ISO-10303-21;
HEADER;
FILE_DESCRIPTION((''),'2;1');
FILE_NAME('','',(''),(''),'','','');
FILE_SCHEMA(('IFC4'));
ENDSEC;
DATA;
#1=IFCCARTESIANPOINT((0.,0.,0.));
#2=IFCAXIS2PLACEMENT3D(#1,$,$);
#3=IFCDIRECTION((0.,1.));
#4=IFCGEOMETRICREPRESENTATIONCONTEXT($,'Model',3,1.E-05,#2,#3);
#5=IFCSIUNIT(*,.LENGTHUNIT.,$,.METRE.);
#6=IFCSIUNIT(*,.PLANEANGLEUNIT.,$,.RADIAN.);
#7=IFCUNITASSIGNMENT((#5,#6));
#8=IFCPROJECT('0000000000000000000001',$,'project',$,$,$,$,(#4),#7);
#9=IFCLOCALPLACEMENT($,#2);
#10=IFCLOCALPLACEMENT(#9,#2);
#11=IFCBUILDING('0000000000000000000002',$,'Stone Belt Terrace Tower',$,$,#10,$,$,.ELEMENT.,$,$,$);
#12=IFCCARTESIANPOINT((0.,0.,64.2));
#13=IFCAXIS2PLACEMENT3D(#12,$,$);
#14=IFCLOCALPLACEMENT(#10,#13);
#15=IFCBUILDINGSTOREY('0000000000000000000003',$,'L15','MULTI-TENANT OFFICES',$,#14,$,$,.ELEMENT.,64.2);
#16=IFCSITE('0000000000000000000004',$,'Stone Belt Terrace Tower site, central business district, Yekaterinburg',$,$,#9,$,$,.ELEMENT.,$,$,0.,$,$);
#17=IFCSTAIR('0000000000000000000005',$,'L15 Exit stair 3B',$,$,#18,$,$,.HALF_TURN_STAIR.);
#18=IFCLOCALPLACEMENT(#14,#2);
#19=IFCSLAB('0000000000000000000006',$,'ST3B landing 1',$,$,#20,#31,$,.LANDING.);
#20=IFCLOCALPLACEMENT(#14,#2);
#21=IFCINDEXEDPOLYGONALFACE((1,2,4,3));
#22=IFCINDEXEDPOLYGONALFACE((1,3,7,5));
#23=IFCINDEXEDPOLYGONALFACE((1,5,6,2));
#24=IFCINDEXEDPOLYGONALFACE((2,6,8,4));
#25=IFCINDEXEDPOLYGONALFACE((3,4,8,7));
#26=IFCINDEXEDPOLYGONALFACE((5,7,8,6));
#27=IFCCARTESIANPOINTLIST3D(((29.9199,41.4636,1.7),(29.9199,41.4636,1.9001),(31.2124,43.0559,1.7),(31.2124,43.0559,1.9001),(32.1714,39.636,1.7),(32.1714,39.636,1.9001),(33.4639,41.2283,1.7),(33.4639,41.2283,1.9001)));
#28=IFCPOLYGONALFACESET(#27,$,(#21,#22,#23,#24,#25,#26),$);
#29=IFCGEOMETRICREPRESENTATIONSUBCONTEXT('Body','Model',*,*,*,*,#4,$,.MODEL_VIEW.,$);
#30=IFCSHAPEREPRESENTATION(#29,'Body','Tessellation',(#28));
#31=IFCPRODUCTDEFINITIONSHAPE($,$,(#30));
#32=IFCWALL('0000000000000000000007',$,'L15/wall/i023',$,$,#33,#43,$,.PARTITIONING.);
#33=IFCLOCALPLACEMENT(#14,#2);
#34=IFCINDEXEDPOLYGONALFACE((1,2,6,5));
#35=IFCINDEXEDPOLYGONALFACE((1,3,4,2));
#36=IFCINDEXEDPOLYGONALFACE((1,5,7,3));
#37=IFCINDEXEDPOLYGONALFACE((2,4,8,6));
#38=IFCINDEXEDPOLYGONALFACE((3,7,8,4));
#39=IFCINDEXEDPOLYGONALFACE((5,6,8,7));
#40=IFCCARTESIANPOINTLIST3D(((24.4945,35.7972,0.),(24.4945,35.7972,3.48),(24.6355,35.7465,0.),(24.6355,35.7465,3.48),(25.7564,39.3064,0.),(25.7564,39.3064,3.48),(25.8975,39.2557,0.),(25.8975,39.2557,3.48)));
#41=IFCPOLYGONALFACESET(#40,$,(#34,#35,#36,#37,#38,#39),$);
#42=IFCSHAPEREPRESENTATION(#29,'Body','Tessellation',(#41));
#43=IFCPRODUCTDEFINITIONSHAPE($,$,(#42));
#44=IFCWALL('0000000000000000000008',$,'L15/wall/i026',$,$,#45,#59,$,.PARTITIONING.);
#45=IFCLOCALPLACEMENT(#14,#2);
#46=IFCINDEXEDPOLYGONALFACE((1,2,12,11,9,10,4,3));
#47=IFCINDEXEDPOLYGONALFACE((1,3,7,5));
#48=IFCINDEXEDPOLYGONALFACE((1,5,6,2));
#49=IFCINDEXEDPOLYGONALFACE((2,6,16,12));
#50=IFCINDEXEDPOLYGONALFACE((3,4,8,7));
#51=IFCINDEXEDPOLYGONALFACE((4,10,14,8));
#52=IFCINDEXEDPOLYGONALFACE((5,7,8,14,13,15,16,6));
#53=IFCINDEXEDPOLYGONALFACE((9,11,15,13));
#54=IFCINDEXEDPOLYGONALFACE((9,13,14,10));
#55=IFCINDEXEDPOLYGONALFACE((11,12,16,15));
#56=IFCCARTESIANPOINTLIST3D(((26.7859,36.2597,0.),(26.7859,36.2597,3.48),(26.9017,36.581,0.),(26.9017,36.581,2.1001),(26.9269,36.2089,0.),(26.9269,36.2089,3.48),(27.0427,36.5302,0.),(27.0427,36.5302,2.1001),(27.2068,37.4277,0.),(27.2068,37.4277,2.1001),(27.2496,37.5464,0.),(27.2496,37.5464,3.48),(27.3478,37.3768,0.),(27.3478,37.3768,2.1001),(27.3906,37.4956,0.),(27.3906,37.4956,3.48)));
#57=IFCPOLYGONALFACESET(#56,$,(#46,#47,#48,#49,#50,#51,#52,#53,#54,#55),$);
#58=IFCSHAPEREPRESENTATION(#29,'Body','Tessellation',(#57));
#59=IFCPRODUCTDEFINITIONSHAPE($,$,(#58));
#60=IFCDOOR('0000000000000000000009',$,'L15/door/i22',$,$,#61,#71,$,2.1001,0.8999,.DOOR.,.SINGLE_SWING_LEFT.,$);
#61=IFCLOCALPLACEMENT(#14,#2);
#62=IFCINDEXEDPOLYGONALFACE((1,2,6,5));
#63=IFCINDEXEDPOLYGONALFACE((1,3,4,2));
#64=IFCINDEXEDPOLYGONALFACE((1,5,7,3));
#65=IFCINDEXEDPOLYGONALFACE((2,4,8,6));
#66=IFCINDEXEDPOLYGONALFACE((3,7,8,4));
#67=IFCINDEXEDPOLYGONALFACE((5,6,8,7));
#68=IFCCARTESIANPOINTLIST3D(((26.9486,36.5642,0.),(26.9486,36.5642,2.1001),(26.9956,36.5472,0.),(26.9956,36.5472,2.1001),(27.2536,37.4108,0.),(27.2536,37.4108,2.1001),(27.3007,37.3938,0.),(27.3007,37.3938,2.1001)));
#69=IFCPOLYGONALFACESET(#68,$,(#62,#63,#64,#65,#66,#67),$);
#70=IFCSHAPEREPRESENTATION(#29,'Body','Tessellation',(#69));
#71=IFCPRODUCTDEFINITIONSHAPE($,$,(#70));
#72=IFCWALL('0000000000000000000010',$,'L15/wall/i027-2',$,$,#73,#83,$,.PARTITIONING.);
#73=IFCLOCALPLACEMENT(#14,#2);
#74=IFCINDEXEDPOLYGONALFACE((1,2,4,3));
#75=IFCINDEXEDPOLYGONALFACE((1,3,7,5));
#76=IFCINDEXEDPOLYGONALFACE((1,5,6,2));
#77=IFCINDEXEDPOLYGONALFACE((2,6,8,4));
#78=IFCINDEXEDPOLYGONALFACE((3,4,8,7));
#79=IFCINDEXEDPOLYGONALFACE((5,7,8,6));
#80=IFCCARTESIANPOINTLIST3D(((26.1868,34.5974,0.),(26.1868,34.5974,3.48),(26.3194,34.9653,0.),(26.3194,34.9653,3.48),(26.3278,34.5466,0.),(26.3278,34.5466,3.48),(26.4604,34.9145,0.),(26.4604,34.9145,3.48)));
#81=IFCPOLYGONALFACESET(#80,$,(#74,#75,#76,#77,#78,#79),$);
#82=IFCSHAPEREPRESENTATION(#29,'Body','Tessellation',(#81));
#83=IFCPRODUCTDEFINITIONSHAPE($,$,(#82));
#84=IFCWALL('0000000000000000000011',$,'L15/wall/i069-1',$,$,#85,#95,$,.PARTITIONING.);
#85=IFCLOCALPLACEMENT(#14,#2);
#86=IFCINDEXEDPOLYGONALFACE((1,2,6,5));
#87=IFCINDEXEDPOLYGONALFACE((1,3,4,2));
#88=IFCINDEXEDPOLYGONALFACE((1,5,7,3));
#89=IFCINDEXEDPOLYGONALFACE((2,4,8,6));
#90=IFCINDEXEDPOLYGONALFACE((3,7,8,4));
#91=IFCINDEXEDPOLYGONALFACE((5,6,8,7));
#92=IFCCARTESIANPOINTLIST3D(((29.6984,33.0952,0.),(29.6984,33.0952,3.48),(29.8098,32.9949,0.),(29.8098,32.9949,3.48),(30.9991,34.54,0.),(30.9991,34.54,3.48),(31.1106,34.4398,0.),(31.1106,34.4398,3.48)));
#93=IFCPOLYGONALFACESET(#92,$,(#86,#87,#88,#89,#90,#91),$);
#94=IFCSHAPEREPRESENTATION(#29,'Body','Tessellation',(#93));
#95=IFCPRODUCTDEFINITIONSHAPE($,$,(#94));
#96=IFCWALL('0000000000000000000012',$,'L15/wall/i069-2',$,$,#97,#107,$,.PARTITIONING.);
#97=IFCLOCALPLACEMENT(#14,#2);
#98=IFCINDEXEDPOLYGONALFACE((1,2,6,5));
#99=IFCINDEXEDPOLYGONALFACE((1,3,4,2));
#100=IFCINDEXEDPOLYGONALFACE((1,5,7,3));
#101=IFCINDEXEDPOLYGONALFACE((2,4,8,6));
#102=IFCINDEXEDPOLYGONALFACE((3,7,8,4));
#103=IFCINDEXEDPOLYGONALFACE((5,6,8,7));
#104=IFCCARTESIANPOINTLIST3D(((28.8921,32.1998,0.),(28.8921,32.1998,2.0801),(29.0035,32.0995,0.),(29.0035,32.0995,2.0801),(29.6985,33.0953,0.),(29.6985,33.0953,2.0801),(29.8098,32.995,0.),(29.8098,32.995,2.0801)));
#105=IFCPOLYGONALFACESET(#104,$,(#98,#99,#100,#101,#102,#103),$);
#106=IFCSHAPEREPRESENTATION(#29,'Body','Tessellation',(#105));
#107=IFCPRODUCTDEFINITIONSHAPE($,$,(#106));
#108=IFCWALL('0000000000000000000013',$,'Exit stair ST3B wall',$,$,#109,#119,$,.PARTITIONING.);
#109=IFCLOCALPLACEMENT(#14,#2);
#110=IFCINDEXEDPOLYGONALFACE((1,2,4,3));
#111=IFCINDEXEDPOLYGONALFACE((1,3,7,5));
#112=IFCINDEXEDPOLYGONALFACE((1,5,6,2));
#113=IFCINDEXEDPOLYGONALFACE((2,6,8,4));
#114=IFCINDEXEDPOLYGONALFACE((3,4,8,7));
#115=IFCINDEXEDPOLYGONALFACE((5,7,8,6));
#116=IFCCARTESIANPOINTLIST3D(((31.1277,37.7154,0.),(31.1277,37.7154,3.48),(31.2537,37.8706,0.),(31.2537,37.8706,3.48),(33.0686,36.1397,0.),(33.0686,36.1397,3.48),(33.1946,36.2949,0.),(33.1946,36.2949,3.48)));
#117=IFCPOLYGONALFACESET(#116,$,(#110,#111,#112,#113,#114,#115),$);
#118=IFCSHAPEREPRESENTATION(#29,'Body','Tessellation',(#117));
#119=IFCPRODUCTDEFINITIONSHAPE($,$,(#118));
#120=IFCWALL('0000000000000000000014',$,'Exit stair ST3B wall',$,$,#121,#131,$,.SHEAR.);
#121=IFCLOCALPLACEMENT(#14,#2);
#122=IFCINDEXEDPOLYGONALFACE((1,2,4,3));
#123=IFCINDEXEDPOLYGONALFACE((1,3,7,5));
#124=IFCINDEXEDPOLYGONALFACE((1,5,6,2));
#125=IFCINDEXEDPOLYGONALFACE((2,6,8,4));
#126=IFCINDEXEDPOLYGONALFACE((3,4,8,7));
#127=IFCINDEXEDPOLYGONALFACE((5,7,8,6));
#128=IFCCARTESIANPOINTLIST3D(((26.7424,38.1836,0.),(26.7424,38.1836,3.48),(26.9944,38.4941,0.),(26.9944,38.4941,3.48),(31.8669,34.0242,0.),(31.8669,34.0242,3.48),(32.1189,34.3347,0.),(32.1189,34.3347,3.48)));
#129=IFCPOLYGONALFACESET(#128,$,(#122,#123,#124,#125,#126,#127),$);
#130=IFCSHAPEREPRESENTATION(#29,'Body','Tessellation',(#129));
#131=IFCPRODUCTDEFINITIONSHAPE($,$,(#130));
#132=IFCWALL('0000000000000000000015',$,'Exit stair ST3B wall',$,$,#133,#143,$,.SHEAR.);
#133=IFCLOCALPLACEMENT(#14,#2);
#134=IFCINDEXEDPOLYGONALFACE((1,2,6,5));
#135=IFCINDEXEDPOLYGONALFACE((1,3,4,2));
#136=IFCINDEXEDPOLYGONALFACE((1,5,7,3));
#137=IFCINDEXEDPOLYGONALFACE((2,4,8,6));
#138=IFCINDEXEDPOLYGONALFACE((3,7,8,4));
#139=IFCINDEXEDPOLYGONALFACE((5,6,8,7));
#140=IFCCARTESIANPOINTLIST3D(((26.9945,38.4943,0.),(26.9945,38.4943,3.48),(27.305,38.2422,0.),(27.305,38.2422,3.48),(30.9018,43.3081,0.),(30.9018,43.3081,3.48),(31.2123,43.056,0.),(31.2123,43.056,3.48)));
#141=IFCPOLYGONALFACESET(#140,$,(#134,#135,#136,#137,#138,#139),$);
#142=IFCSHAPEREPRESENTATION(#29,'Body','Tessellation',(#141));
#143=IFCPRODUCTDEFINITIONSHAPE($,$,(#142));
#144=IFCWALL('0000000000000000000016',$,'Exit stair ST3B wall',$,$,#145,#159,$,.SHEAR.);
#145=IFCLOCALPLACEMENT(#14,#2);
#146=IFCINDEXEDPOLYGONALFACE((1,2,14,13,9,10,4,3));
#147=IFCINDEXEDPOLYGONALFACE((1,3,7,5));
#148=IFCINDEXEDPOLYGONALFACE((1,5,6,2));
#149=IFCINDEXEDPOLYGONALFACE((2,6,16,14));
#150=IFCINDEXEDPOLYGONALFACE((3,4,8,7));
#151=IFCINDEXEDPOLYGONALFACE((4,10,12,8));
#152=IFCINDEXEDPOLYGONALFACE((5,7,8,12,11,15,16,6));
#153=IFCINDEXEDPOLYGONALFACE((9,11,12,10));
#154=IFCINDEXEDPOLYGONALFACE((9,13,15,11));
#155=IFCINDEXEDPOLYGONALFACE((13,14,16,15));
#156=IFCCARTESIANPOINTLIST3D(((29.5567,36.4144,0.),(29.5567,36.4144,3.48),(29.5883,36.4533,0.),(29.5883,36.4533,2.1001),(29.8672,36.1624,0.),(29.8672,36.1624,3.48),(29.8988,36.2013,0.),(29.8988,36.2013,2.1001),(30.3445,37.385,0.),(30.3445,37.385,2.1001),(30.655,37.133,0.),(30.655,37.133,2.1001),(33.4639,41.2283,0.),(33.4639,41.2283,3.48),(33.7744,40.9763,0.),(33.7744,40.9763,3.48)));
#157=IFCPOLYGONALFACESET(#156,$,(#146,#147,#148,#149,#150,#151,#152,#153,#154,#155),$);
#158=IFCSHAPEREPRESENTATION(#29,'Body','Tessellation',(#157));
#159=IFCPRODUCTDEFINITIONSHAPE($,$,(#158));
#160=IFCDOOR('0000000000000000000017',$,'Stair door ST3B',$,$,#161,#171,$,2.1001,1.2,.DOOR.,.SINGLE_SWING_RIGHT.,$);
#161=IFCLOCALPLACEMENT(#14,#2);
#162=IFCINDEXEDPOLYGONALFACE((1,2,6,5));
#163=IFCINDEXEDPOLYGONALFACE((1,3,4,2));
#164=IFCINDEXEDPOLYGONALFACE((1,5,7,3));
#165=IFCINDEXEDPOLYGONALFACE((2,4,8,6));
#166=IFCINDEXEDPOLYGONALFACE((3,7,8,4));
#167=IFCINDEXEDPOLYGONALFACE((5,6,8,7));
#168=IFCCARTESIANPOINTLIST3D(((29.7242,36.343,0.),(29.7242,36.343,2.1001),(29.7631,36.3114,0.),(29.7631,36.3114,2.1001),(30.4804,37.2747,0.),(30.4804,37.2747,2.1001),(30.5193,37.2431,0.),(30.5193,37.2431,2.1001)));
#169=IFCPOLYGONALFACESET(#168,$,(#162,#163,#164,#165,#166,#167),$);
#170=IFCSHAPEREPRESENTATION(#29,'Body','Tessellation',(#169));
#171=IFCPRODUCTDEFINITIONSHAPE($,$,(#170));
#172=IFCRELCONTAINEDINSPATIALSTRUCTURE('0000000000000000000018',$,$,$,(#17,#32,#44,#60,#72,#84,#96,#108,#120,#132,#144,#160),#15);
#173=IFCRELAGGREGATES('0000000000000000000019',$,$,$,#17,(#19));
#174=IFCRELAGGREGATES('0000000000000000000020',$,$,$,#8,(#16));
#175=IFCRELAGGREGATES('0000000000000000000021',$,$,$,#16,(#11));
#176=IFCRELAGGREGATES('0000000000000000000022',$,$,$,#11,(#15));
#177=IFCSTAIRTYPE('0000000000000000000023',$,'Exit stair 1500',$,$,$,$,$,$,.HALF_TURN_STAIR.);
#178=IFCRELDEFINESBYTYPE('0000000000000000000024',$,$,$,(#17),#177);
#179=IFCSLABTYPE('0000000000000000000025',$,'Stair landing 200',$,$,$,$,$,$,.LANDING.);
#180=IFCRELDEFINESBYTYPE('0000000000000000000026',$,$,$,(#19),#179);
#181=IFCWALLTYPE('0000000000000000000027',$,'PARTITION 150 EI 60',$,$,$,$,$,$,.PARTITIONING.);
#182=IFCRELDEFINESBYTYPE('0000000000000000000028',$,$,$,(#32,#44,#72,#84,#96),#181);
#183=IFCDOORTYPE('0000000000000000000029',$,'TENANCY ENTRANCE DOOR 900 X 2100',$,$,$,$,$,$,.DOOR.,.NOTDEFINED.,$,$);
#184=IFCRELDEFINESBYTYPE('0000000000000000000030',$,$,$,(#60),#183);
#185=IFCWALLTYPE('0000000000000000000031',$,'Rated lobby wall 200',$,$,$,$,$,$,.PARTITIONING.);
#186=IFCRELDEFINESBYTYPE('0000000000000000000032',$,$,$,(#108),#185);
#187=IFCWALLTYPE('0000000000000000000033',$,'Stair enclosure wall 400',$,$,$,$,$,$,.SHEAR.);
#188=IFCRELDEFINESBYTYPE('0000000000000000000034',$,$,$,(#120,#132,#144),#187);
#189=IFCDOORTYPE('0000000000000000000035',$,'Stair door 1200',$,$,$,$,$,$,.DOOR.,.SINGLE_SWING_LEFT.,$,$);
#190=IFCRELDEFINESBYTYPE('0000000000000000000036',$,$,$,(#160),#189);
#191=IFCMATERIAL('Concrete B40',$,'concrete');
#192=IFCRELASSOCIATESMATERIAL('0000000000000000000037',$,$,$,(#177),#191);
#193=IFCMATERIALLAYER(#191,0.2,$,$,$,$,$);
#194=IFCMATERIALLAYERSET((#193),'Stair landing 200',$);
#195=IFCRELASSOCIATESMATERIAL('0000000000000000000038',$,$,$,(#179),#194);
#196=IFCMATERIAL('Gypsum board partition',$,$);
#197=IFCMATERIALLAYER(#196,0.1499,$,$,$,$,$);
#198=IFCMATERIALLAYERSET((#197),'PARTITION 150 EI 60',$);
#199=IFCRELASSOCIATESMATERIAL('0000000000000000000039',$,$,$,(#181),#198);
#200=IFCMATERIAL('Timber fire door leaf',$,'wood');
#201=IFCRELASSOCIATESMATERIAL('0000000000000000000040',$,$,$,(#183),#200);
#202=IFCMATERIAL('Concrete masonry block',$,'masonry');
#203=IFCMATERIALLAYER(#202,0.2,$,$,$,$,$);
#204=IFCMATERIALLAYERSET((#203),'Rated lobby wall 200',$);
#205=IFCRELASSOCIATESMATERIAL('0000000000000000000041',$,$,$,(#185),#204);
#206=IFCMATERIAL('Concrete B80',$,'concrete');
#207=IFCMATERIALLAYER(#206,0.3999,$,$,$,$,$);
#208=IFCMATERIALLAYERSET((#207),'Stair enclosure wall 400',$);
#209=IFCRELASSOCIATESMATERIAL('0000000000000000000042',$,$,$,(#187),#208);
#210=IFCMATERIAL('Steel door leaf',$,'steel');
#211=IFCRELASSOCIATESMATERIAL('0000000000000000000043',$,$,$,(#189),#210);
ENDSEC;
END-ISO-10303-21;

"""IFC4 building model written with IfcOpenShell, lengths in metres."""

from ifc_helpers import new_model, si_unit, direction, frame, frame_2d, origin, place, context, subcontext, project, spatial, polyline, rectangle, outline, extrude, material, layer, layer_set, type_object, element, fill, aggregate, save


model = new_model("IFC4")

# Units and contexts
model_context = context("Model", 3, precision=1e-05, world=origin(), true_north=direction((0.0, 1.0)))
body_context = subcontext(model_context, "Body", "Model", "MODEL_VIEW")
ifc_project = project(units=[si_unit("LENGTHUNIT", "METRE"), si_unit("PLANEANGLEUNIT", "RADIAN")], contexts=[model_context])

# Site, building, storey
site_placement = place(None, origin())
site = spatial("IfcSite", under=ifc_project, at=site_placement, Name="Stone Belt Terrace Tower site, central business district, Yekaterinburg", CompositionType="ELEMENT", RefElevation=0.0)
building_placement = place(site_placement, origin())
building = spatial("IfcBuilding", under=site, at=building_placement, Name="Stone Belt Terrace Tower", CompositionType="ELEMENT")
storey_placement = place(building_placement, frame((0.0, 0.0, 64.2)))
storey = spatial("IfcBuildingStorey", under=building, at=storey_placement, Name="L15", Description="MULTI-TENANT OFFICES", CompositionType="ELEMENT", Elevation=64.2)

# Shared definitions
ifc_material_1 = material(Name="Concrete B80", Category="concrete")

# Shared definitions
ifc_material_2 = material(Name="Concrete B40", Category="concrete")

# Stair, slab
stair_type = type_object("IfcStairType", Name="Exit stair 1500", PredefinedType="HALF_TURN_STAIR", material=ifc_material_2)
ifc_layer_1 = layer(ifc_material_2, 0.2)
ifc_layer_set_1 = layer_set([ifc_layer_1], Name="Stair landing 200")
slab_type_1 = type_object("IfcSlabType", Name="Stair landing 200", PredefinedType="LANDING", material=ifc_layer_set_1)
stair_1_placement = place(storey_placement, origin())
stair_1 = element("IfcStair", 1, at=stair_1_placement, inside=storey, type_object=stair_type, Name="L15 Exit stair 3B", PredefinedType="HALF_TURN_STAIR")
slab_1_placement = place(storey_placement, frame((0.0, 0.0, 1.7)))
slab_1 = element("IfcSlab", 2, at=slab_1_placement, type_object=slab_type_1, Name="ST3B landing 1", PredefinedType="LANDING", context=body_context, shape_type="SweptSolid", body=[
    extrude(outline(polyline([(32.1714, 39.636), (33.4639, 41.2283), (31.2124, 43.0559), (29.9199, 41.4636), (32.1714, 39.636)])), origin(), (0.0, 0.0, 1.0), 0.2002),
])

# Wall
ifc_material_3 = material(Name="Gypsum board partition")
ifc_layer_2 = layer(ifc_material_3, 0.1499)
ifc_layer_set_2 = layer_set([ifc_layer_2], Name="PARTITION 150 EI 60")
wall_type_1 = type_object("IfcWallType", Name="PARTITION 150 EI 60", PredefinedType="PARTITIONING", material=ifc_layer_set_2)
wall_1_placement = place(storey_placement, frame((24.5649, 35.7717, 0.0), z_axis=(0.0, 0.0, 1.0), x_axis=(0.338393, 0.941005, 0.0)))
element("IfcWall", 3, at=wall_1_placement, inside=storey, type_object=wall_type_1, Name="L15/wall/i023", PredefinedType="PARTITIONING", context=body_context, shape_type="SweptSolid", body=[
    extrude(rectangle(XDim=3.7292, YDim=0.1499, at=frame_2d((1.8647, 0.0))), origin(), (0.0, 0.0, 1.0), 3.48),
])

# Wall, opening, door
wall_2_placement = place(storey_placement, frame((27.3201, 37.521, 0.0), z_axis=(0.0, 0.0, 1.0), x_axis=(-0.339004, -0.940785, 0.0)))
wall_2 = element("IfcWall", 4, at=wall_2_placement, inside=storey, type_object=wall_type_1, Name="L15/wall/i026", PredefinedType="PARTITIONING", context=body_context, shape_type="SweptSolid", body=[
    extrude(rectangle(XDim=1.3677, YDim=0.1499, at=frame_2d((0.6838, 0.0))), origin(), (0.0, 0.0, 1.0), 3.48),
])
opening_1_placement = place(wall_2_placement, frame((0.1262, 0.0, 0.0)))
opening_1 = element("IfcOpeningElement", 5, at=opening_1_placement, cuts=wall_2, PredefinedType="OPENING", context=body_context, shape_type="SweptSolid", body=[
    extrude(rectangle(XDim=0.8999, YDim=2.1001, at=frame_2d((0.45, 1.05))), frame((0.0, 0.085, 0.0), z_axis=(0.0, -1.0, 0.0), x_axis=(1.0, 0.0, 0.0)), (0.0, 0.0, 1.0), 0.1699),
])
ifc_material_4 = material(Name="Timber fire door leaf", Category="wood")
door_type_1 = type_object("IfcDoorType", Name="TENANCY ENTRANCE DOOR 900 X 2100", OperationType="NOTDEFINED", PredefinedType="DOOR", material=ifc_material_4)
door_1_placement = place(opening_1_placement, origin())
door_1 = element("IfcDoor", 6, at=door_1_placement, inside=storey, type_object=door_type_1, Name="L15/door/i22", OperationType="SINGLE_SWING_LEFT", OverallHeight=2.1001, OverallWidth=0.8999, PredefinedType="DOOR", context=body_context, shape_type="SweptSolid", body=[
    extrude(rectangle(XDim=0.8999, YDim=2.1001, at=frame_2d((0.45, 1.05))), frame((0.0, 0.0249, 0.0), z_axis=(0.0, -1.0, 0.0), x_axis=(1.0, 0.0, 0.0)), (0.0, 0.0, 1.0), 0.05),
])
fill(opening_1, door_1)

# Walls
wall_3_placement = place(storey_placement, frame((26.3899, 34.9399, 0.0), z_axis=(0.0, 0.0, 1.0), x_axis=(-0.338985, -0.940792, 0.0)))
element("IfcWall", 7, at=wall_3_placement, inside=storey, type_object=wall_type_1, Name="L15/wall/i027-2", PredefinedType="PARTITIONING", context=body_context, shape_type="SweptSolid", body=[
    extrude(rectangle(XDim=0.3911, YDim=0.1499, at=frame_2d((0.1956, 0.0))), origin(), (0.0, 0.0, 1.0), 3.48),
])
wall_4_placement = place(storey_placement, frame((31.0549, 34.49, 0.0), z_axis=(0.0, 0.0, 1.0), x_axis=(-0.66909, -0.743182, 0.0)))
element("IfcWall", 8, at=wall_4_placement, inside=storey, type_object=wall_type_1, Name="L15/wall/i069-1", PredefinedType="PARTITIONING", context=body_context, shape_type="SweptSolid", body=[
    extrude(rectangle(XDim=1.9441, YDim=0.1499, at=frame_2d((0.9722, 0.0))), origin(), (0.0, 0.0, 1.0), 3.48),
])
wall_5_placement = place(storey_placement, frame((29.7542, 33.0452, 0.0), z_axis=(0.0, 0.0, 1.0), x_axis=(-0.669166, -0.743113, 0.0)))
element("IfcWall", 9, at=wall_5_placement, inside=storey, type_object=wall_type_1, Name="L15/wall/i069-2", PredefinedType="PARTITIONING", context=body_context, shape_type="SweptSolid", body=[
    extrude(rectangle(XDim=1.2051, YDim=0.1499, at=frame_2d((0.6025, 0.0))), origin(), (0.0, 0.0, 1.0), 2.0801),
])
ifc_material_5 = material(Name="Concrete masonry block", Category="masonry")
ifc_layer_3 = layer(ifc_material_5, 0.2)
ifc_layer_set_3 = layer_set([ifc_layer_3], Name="Rated lobby wall 200")
wall_type_2 = type_object("IfcWallType", Name="Rated lobby wall 200", PredefinedType="PARTITIONING", material=ifc_layer_set_3)
wall_6_placement = place(storey_placement, frame((31.1907, 37.793, 0.0), z_axis=(0.0, 0.0, 1.0), x_axis=(0.776371, -0.630276, 0.0)))
element("IfcWall", 10, at=wall_6_placement, inside=storey, type_object=wall_type_2, Name="Exit stair ST3B wall", PredefinedType="PARTITIONING", context=body_context, shape_type="SweptSolid", body=[
    extrude(rectangle(XDim=2.5, YDim=0.2, at=frame_2d((1.25, 0.0))), origin(), (0.0, 0.0, 1.0), 3.48),
])
ifc_layer_4 = layer(ifc_material_1, 0.3999)
ifc_layer_set_4 = layer_set([ifc_layer_4], Name="Stair enclosure wall 400")
wall_type_3 = type_object("IfcWallType", Name="Stair enclosure wall 400", PredefinedType="SHEAR", material=ifc_layer_set_4)
wall_7_placement = place(storey_placement, frame((26.8684, 38.3389, 0.0), z_axis=(0.0, 0.0, 1.0), x_axis=(0.776428, -0.630205, 0.0)))
element("IfcWall", 11, at=wall_7_placement, inside=storey, type_object=wall_type_3, Name="Exit stair ST3B wall", PredefinedType="SHEAR", context=body_context, shape_type="SweptSolid", body=[
    extrude(rectangle(XDim=6.6001, YDim=0.3999, at=frame_2d((3.3, 0.0))), origin(), (0.0, 0.0, 1.0), 3.48),
])
wall_8_placement = place(storey_placement, frame((27.1497, 38.3682, 0.0), z_axis=(0.0, 0.0, 1.0), x_axis=(0.630212, 0.776423, 0.0)))
element("IfcWall", 12, at=wall_8_placement, inside=storey, type_object=wall_type_3, Name="Exit stair ST3B wall", PredefinedType="SHEAR", context=body_context, shape_type="SweptSolid", body=[
    extrude(rectangle(XDim=6.2, YDim=0.3999, at=frame_2d((3.1001, 0.0))), origin(), (0.0, 0.0, 1.0), 3.48),
])

# Wall, opening, door
wall_9_placement = place(storey_placement, frame((29.7119, 36.2883, 0.0), z_axis=(0.0, 0.0, 1.0), x_axis=(0.630192, 0.776439, 0.0)))
wall_9 = element("IfcWall", 13, at=wall_9_placement, inside=storey, type_object=wall_type_3, Name="Exit stair ST3B wall", PredefinedType="SHEAR", context=body_context, shape_type="SweptSolid", body=[
    extrude(rectangle(XDim=6.2, YDim=0.3999, at=frame_2d((3.1001, 0.0))), origin(), (0.0, 0.0, 1.0), 3.48),
])
opening_2_placement = place(wall_9_placement, frame((0.05, 0.0, 0.0)))
opening_2 = element("IfcOpeningElement", 14, at=opening_2_placement, cuts=wall_9, PredefinedType="OPENING", context=body_context, shape_type="SweptSolid", body=[
    extrude(rectangle(XDim=1.2, YDim=2.1001, at=frame_2d((0.6001, 1.05))), frame((0.0, 0.21, 0.0), z_axis=(0.0, -1.0, 0.0), x_axis=(1.0, 0.0, 0.0)), (0.0, 0.0, 1.0), 0.4199),
])
ifc_material_6 = material(Name="Steel door leaf", Category="steel")
door_type_2 = type_object("IfcDoorType", Name="Stair door 1200", OperationType="SINGLE_SWING_LEFT", PredefinedType="DOOR", material=ifc_material_6)
door_2_placement = place(opening_2_placement, origin())
door_2 = element("IfcDoor", 15, at=door_2_placement, inside=storey, type_object=door_type_2, Name="Stair door ST3B", OperationType="SINGLE_SWING_RIGHT", OverallHeight=2.1001, OverallWidth=1.2, PredefinedType="DOOR", context=body_context, shape_type="SweptSolid", body=[
    extrude(rectangle(XDim=1.2, YDim=2.1001, at=frame_2d((0.6001, 1.05))), frame((0.0, 0.0249, 0.0), z_axis=(0.0, -1.0, 0.0), x_axis=(1.0, 0.0, 0.0)), (0.0, 0.0, 1.0), 0.05),
])
fill(opening_2, door_2)

aggregate(stair_1, [slab_1])

save(model, "model.ifc")
